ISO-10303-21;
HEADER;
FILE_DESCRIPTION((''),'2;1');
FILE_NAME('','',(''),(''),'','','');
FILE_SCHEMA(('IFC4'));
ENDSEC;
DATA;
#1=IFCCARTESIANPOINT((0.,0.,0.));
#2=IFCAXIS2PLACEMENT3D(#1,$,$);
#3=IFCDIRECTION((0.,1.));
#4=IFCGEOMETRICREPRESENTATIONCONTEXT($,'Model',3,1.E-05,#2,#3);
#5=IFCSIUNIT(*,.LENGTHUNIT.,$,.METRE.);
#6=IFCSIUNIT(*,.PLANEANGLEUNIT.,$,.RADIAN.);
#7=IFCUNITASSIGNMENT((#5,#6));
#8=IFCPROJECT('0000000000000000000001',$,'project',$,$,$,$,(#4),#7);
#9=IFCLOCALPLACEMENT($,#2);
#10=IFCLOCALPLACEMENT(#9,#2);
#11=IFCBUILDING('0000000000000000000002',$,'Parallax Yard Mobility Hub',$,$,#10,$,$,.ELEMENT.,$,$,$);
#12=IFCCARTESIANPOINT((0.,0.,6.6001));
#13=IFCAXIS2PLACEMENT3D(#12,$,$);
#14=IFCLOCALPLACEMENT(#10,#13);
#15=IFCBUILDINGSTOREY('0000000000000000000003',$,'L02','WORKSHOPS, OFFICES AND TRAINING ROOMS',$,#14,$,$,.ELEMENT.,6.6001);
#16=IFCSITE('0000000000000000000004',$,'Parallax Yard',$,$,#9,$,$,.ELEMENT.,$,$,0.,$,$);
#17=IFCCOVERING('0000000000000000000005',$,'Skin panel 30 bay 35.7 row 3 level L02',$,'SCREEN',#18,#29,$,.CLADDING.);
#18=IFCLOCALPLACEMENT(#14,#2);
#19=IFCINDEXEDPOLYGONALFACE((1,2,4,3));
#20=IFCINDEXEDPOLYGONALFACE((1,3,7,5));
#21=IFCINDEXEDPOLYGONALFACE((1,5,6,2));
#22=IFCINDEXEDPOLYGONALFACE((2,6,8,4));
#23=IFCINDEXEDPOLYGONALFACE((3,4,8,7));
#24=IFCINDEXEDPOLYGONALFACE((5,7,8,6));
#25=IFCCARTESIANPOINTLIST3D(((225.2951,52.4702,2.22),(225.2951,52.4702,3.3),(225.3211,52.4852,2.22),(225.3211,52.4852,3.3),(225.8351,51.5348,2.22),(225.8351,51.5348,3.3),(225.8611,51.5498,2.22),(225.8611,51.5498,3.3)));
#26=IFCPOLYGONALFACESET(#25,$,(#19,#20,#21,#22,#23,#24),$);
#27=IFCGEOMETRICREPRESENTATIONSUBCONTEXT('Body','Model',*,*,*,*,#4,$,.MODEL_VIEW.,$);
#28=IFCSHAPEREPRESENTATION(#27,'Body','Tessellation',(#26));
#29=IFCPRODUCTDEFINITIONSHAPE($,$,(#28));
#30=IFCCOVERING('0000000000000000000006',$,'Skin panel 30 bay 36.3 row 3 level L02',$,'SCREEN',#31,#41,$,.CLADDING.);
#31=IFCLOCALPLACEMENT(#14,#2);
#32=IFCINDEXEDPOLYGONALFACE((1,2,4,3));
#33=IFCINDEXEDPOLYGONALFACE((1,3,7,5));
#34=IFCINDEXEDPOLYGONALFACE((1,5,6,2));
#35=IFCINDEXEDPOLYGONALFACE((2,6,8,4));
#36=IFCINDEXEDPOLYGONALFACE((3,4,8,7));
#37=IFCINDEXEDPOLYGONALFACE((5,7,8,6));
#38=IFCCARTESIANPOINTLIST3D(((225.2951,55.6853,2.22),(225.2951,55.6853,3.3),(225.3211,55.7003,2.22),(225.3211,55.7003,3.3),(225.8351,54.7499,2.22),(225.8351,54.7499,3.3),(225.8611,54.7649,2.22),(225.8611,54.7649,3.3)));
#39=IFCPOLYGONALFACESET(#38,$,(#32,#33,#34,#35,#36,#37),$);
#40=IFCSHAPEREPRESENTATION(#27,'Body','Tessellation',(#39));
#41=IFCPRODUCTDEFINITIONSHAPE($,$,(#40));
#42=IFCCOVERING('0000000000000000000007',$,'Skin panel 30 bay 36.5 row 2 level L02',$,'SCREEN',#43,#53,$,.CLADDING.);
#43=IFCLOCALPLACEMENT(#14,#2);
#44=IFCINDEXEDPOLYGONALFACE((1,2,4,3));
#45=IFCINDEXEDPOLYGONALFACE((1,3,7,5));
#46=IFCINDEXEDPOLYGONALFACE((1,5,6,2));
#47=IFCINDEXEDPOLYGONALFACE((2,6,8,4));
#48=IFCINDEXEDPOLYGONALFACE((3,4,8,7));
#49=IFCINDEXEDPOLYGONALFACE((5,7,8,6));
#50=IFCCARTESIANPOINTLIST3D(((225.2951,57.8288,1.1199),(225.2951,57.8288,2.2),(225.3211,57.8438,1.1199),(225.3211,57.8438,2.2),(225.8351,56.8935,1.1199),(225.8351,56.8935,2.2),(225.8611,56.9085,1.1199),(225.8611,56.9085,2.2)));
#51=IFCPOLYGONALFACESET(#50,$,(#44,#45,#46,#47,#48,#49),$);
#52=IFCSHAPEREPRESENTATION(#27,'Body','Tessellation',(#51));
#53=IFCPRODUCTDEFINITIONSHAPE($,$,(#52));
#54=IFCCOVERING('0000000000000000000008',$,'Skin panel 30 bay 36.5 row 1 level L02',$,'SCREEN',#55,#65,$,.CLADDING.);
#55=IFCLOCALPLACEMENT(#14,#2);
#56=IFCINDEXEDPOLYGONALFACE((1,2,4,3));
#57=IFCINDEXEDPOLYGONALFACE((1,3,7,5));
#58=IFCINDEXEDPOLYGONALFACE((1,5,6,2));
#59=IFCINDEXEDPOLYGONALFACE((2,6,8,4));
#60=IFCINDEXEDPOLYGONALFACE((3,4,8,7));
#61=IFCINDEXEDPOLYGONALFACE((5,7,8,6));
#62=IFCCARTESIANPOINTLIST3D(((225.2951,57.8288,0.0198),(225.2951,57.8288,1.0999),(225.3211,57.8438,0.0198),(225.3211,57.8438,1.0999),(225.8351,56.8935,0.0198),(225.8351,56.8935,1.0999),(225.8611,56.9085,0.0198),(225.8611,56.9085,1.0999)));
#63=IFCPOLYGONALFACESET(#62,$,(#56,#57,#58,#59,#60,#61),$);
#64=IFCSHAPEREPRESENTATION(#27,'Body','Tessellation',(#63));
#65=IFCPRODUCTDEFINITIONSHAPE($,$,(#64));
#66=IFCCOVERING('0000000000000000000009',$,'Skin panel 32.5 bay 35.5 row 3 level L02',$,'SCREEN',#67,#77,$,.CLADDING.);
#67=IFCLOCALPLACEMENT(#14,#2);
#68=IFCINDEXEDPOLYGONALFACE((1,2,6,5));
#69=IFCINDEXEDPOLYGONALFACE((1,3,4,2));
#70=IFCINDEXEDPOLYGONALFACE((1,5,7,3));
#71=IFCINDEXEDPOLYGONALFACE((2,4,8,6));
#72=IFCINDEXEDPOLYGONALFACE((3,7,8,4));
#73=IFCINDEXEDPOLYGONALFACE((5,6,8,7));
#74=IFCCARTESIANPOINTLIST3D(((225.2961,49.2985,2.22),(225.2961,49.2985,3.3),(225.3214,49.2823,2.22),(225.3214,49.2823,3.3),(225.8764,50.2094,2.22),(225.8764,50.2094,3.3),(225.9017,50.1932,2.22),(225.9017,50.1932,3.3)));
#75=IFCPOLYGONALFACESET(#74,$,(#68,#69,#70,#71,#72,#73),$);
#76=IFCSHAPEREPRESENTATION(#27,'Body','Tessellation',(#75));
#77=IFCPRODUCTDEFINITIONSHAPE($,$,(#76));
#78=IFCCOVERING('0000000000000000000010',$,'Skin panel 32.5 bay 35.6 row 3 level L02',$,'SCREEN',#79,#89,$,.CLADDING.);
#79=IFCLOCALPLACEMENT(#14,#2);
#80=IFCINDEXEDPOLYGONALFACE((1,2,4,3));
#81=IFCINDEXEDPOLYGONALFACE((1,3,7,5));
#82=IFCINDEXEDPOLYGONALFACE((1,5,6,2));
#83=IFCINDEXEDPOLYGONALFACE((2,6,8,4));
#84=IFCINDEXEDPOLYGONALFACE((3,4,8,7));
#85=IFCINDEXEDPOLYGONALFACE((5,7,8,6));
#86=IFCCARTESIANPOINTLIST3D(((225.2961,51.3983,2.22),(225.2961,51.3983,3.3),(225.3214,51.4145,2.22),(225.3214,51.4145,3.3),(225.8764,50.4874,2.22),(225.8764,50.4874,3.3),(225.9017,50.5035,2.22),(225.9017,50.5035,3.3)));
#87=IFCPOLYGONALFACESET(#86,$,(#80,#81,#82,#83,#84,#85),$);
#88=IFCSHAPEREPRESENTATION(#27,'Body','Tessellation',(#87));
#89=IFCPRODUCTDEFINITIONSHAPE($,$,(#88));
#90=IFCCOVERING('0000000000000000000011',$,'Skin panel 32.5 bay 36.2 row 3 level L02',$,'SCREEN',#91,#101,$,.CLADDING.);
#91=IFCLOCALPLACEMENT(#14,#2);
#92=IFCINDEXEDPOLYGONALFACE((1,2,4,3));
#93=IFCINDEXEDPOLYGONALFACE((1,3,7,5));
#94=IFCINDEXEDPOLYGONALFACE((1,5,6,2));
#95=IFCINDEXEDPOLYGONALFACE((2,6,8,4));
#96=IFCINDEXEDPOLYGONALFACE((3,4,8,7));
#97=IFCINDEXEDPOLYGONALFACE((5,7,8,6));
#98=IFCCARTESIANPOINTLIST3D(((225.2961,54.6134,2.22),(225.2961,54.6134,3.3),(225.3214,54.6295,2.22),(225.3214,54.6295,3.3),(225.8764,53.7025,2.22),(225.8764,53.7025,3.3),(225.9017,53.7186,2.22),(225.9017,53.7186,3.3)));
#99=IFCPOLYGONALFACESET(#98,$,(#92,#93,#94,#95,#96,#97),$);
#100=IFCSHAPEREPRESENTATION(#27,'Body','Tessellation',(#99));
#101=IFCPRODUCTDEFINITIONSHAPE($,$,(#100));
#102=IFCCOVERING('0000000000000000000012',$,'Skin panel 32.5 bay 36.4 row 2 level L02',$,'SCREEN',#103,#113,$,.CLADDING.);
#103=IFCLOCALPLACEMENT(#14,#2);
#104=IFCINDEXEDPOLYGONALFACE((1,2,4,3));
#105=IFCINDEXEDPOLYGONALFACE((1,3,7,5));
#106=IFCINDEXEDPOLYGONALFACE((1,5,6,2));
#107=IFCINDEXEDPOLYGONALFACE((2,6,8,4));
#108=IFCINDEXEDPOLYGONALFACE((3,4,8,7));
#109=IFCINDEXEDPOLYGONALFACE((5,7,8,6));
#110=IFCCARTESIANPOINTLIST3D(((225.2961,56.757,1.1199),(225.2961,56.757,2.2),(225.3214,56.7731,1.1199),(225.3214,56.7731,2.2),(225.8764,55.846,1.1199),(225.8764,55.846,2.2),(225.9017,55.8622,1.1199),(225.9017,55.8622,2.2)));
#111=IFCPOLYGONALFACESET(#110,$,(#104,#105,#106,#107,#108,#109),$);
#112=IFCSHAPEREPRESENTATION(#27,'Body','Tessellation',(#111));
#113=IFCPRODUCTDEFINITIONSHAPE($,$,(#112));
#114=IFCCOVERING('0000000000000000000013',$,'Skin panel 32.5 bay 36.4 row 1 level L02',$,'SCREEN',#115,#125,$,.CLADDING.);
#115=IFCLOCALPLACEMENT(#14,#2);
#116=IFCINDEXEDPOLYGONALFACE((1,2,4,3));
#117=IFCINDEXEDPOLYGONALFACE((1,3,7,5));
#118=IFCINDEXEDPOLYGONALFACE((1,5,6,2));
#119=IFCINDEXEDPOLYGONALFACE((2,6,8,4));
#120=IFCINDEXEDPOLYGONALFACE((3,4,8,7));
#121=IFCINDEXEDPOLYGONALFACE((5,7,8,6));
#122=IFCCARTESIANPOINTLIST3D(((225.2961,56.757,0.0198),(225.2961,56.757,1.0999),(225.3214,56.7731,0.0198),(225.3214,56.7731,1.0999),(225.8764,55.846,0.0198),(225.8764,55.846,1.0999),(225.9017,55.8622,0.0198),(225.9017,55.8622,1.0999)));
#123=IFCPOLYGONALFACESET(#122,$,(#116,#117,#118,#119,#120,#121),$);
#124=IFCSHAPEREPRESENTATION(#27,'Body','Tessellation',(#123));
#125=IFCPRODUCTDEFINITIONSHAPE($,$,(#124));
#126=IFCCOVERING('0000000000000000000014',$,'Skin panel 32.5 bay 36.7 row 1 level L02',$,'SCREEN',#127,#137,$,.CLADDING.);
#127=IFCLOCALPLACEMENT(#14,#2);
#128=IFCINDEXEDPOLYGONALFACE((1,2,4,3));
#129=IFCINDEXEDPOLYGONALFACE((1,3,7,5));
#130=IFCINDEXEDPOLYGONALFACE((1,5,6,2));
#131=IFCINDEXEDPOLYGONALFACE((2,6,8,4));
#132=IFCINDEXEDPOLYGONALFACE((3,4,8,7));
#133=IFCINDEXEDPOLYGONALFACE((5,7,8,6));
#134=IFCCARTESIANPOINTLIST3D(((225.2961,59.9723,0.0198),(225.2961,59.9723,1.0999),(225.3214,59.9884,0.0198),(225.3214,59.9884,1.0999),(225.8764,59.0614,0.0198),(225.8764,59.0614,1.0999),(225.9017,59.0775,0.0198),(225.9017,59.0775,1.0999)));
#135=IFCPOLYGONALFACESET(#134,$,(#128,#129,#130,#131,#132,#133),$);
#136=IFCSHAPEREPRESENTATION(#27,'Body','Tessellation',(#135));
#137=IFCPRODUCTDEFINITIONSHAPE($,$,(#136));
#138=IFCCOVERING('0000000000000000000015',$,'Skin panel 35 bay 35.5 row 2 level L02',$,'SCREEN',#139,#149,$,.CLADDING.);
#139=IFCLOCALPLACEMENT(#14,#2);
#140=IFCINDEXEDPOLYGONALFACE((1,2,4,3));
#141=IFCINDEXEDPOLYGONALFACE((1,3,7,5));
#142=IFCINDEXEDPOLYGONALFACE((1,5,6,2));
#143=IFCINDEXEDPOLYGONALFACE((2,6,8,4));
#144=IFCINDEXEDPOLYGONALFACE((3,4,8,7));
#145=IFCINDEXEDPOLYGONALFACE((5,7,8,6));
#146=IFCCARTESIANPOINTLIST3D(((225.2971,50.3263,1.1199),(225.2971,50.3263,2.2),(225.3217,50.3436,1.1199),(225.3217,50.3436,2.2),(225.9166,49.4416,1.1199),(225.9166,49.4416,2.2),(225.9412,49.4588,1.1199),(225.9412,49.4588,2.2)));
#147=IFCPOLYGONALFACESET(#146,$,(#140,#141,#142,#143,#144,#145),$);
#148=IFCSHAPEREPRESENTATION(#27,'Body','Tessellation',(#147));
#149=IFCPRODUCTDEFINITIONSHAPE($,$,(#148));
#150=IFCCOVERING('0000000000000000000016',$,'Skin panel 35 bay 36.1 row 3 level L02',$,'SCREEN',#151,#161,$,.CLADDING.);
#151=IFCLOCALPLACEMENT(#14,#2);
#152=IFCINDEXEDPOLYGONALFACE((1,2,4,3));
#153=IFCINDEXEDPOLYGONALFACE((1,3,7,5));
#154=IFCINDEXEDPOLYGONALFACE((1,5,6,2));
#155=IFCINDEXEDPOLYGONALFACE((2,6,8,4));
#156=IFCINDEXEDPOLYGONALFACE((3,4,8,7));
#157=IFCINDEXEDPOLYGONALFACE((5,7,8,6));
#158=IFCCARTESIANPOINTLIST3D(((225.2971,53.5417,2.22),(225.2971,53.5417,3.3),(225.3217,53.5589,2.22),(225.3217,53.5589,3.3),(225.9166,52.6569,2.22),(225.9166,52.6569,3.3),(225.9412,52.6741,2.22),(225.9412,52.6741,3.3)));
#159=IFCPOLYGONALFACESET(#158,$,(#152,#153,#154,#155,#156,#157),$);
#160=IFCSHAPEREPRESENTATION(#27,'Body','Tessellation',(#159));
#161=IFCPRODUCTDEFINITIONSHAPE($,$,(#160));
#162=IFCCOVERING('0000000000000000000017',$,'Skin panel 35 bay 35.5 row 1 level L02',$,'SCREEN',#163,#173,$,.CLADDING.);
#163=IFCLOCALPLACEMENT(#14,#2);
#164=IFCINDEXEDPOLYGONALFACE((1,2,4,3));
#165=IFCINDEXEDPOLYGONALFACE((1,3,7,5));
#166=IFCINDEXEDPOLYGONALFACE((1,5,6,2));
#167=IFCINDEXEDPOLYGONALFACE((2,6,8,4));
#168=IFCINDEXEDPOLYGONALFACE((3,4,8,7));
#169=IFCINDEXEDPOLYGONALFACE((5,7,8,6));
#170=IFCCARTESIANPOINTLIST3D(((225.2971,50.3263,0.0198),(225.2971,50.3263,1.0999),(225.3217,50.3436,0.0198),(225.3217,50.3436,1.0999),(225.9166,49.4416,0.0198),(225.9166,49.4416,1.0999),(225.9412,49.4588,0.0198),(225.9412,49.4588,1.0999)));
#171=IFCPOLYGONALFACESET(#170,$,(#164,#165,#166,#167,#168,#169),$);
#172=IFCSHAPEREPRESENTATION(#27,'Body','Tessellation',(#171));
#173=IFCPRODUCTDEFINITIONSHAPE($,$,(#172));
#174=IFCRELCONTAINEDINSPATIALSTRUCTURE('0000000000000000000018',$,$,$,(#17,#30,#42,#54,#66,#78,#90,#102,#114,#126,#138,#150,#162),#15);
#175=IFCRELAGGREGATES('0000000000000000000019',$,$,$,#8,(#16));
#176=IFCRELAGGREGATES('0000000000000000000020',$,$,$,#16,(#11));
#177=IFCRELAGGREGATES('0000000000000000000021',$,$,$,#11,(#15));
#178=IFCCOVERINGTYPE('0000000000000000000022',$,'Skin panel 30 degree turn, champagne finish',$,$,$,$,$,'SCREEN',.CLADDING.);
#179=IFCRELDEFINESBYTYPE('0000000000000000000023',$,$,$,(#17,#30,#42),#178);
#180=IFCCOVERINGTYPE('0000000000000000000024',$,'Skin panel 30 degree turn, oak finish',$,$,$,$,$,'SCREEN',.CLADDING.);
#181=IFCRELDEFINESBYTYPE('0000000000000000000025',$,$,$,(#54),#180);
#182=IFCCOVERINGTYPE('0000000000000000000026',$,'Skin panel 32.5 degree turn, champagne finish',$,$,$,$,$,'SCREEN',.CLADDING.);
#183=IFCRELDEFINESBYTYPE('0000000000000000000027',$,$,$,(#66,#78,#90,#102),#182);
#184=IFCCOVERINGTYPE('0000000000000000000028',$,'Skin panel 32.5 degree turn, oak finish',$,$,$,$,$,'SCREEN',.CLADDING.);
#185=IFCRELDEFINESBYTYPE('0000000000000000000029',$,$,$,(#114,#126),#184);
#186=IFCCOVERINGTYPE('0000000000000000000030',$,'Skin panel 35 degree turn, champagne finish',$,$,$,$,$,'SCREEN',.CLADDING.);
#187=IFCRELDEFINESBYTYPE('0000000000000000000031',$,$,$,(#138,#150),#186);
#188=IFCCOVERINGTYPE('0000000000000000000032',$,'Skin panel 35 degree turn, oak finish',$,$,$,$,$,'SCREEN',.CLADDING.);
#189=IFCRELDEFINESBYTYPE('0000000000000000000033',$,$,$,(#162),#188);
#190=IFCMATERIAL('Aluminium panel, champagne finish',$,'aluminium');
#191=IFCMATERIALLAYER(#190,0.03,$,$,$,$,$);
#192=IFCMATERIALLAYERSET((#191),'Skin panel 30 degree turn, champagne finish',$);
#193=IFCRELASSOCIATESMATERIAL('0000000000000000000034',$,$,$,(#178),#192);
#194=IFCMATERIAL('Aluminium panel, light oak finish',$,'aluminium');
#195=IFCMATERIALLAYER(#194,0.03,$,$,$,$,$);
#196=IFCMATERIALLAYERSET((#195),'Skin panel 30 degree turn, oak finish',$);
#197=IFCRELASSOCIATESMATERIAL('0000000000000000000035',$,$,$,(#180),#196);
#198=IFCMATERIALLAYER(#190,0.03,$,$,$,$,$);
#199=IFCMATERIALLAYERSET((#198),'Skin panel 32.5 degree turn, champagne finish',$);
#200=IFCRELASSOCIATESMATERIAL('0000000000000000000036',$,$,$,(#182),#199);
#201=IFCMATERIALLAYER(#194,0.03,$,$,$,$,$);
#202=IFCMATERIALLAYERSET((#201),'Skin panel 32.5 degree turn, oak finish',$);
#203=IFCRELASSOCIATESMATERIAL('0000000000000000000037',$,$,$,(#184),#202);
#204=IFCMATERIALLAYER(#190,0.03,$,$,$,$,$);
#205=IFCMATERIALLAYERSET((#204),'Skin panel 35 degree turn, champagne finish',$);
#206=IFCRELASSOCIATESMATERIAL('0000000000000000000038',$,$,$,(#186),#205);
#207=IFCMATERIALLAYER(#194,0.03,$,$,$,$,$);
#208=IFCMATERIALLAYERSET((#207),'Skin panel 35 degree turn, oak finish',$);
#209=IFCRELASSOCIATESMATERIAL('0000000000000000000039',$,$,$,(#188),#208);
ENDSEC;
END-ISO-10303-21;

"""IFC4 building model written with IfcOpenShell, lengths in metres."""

from ifc_helpers import new_model, si_unit, direction, frame, origin, origin_2d, place, context, subcontext, project, spatial, rectangle, extrude, material, layer, layer_set, type_object, element, save


model = new_model("IFC4")

# Units and contexts
model_context = context("Model", 3, precision=1e-05, world=origin(), true_north=direction((0.0, 1.0)))
body_context = subcontext(model_context, "Body", "Model", "MODEL_VIEW")
ifc_project = project(units=[si_unit("LENGTHUNIT", "METRE"), si_unit("PLANEANGLEUNIT", "RADIAN")], contexts=[model_context])

# Site, building, storey
site_placement = place(None, origin())
site = spatial("IfcSite", under=ifc_project, at=site_placement, Name="Parallax Yard", CompositionType="ELEMENT", RefElevation=0.0)
building_placement = place(site_placement, origin())
building = spatial("IfcBuilding", under=site, at=building_placement, Name="Parallax Yard Mobility Hub", CompositionType="ELEMENT")
storey_placement = place(building_placement, frame((0.0, 0.0, 6.6001)))
storey = spatial("IfcBuildingStorey", under=building, at=storey_placement, Name="L02", Description="WORKSHOPS, OFFICES AND TRAINING ROOMS", CompositionType="ELEMENT", Elevation=6.6001)

# Coverings
ifc_material_1 = material(Name="Aluminium panel, champagne finish", Category="aluminium")
ifc_material_2 = material(Name="Aluminium panel, light oak finish", Category="aluminium")
ifc_layer_1 = layer(ifc_material_1, 0.03)
ifc_layer_set_1 = layer_set([ifc_layer_1], Name="Skin panel 30 degree turn, champagne finish")
covering_type_1 = type_object("IfcCoveringType", Name="Skin panel 30 degree turn, champagne finish", ElementType="SCREEN", PredefinedType="CLADDING", material=ifc_layer_set_1)
for number, where, z_axis, x_axis, name in (
    (1, (225.5781, 52.01, 2.22), (0.0, 0.0, 1.0), (0.5, -0.866025, 0.0), "Skin panel 30 bay 35.7 row 3 level L02"),
    (2, (225.5781, 55.2251, 2.22), (0.0, 0.0, 1.0), (0.5, -0.866025, 0.0), "Skin panel 30 bay 36.3 row 3 level L02"),
    (3, (225.5781, 57.3687, 1.1199), (0.0, 0.0, 1.0), (0.5, -0.866025, 0.0), "Skin panel 30 bay 36.5 row 2 level L02"),
):
    element("IfcCovering", number, at=place(storey_placement, frame(where, z_axis=z_axis, x_axis=x_axis)), inside=storey, type_object=covering_type_1, Name=name, ObjectType="SCREEN", PredefinedType="CLADDING", context=body_context, shape_type="SweptSolid", body=[
        extrude(rectangle(XDim=1.0801, YDim=0.03, at=origin_2d()), origin(), (0.0, 0.0, 1.0), 1.0801),
    ])
ifc_layer_2 = layer(ifc_material_2, 0.03)
ifc_layer_set_2 = layer_set([ifc_layer_2], Name="Skin panel 30 degree turn, oak finish")
covering_type_2 = type_object("IfcCoveringType", Name="Skin panel 30 degree turn, oak finish", ElementType="SCREEN", PredefinedType="CLADDING", material=ifc_layer_set_2)
covering_1_placement = place(storey_placement, frame((225.5781, 57.3687, 0.0198), z_axis=(0.0, 0.0, 1.0), x_axis=(0.5, -0.866025, 0.0)))
element("IfcCovering", 4, at=covering_1_placement, inside=storey, type_object=covering_type_2, Name="Skin panel 30 bay 36.5 row 1 level L02", ObjectType="SCREEN", PredefinedType="CLADDING", context=body_context, shape_type="SweptSolid", body=[
    extrude(rectangle(XDim=1.0801, YDim=0.03, at=origin_2d()), origin(), (0.0, 0.0, 1.0), 1.0801),
])
ifc_layer_3 = layer(ifc_material_1, 0.03)
ifc_layer_set_3 = layer_set([ifc_layer_3], Name="Skin panel 32.5 degree turn, champagne finish")
covering_type_3 = type_object("IfcCoveringType", Name="Skin panel 32.5 degree turn, champagne finish", ElementType="SCREEN", PredefinedType="CLADDING", material=ifc_layer_set_3)
for number, where, z_axis, x_axis, name in (
    (5, (225.5989, 49.7458, 2.22), (0.0, 0.0, 1.0), (0.5373, 0.843391, 0.0), "Skin panel 32.5 bay 35.5 row 3 level L02"),
    (6, (225.5989, 50.9509, 2.22), (0.0, 0.0, 1.0), (0.5373, -0.843391, 0.0), "Skin panel 32.5 bay 35.6 row 3 level L02"),
    (7, (225.5989, 54.166, 2.22), (0.0, 0.0, 1.0), (0.5373, -0.843391, 0.0), "Skin panel 32.5 bay 36.2 row 3 level L02"),
    (8, (225.5989, 56.3096, 1.1199), (0.0, 0.0, 1.0), (0.5373, -0.843391, 0.0), "Skin panel 32.5 bay 36.4 row 2 level L02"),
):
    element("IfcCovering", number, at=place(storey_placement, frame(where, z_axis=z_axis, x_axis=x_axis)), inside=storey, type_object=covering_type_3, Name=name, ObjectType="SCREEN", PredefinedType="CLADDING", context=body_context, shape_type="SweptSolid", body=[
        extrude(rectangle(XDim=1.0801, YDim=0.03, at=origin_2d()), origin(), (0.0, 0.0, 1.0), 1.0801),
    ])
ifc_layer_4 = layer(ifc_material_2, 0.03)
ifc_layer_set_4 = layer_set([ifc_layer_4], Name="Skin panel 32.5 degree turn, oak finish")
covering_type_4 = type_object("IfcCoveringType", Name="Skin panel 32.5 degree turn, oak finish", ElementType="SCREEN", PredefinedType="CLADDING", material=ifc_layer_set_4)
for number, where, z_axis, x_axis, name in (
    (9, (225.5989, 56.3096, 0.0198), (0.0, 0.0, 1.0), (0.5373, -0.843391, 0.0), "Skin panel 32.5 bay 36.4 row 1 level L02"),
    (10, (225.5989, 59.5249, 0.0198), (0.0, 0.0, 1.0), (0.5373, -0.843391, 0.0), "Skin panel 32.5 bay 36.7 row 1 level L02"),
):
    element("IfcCovering", number, at=place(storey_placement, frame(where, z_axis=z_axis, x_axis=x_axis)), inside=storey, type_object=covering_type_4, Name=name, ObjectType="SCREEN", PredefinedType="CLADDING", context=body_context, shape_type="SweptSolid", body=[
        extrude(rectangle(XDim=1.0801, YDim=0.03, at=origin_2d()), origin(), (0.0, 0.0, 1.0), 1.0801),
    ])
ifc_layer_5 = layer(ifc_material_1, 0.03)
ifc_layer_set_5 = layer_set([ifc_layer_5], Name="Skin panel 35 degree turn, champagne finish")
covering_type_5 = type_object("IfcCoveringType", Name="Skin panel 35 degree turn, champagne finish", ElementType="SCREEN", PredefinedType="CLADDING", material=ifc_layer_set_5)
for number, where, z_axis, x_axis, name in (
    (11, (225.6191, 49.8926, 1.1199), (0.0, 0.0, 1.0), (0.573576, -0.819152, 0.0), "Skin panel 35 bay 35.5 row 2 level L02"),
    (12, (225.6191, 53.1079, 2.22), (0.0, 0.0, 1.0), (0.573576, -0.819152, 0.0), "Skin panel 35 bay 36.1 row 3 level L02"),
):
    element("IfcCovering", number, at=place(storey_placement, frame(where, z_axis=z_axis, x_axis=x_axis)), inside=storey, type_object=covering_type_5, Name=name, ObjectType="SCREEN", PredefinedType="CLADDING", context=body_context, shape_type="SweptSolid", body=[
        extrude(rectangle(XDim=1.0801, YDim=0.03, at=origin_2d()), origin(), (0.0, 0.0, 1.0), 1.0801),
    ])
ifc_layer_6 = layer(ifc_material_2, 0.03)
ifc_layer_set_6 = layer_set([ifc_layer_6], Name="Skin panel 35 degree turn, oak finish")
covering_type_6 = type_object("IfcCoveringType", Name="Skin panel 35 degree turn, oak finish", ElementType="SCREEN", PredefinedType="CLADDING", material=ifc_layer_set_6)
covering_2_placement = place(storey_placement, frame((225.6191, 49.8926, 0.0198), z_axis=(0.0, 0.0, 1.0), x_axis=(0.573576, -0.819152, 0.0)))
element("IfcCovering", 13, at=covering_2_placement, inside=storey, type_object=covering_type_6, Name="Skin panel 35 bay 35.5 row 1 level L02", ObjectType="SCREEN", PredefinedType="CLADDING", context=body_context, shape_type="SweptSolid", body=[
    extrude(rectangle(XDim=1.0801, YDim=0.03, at=origin_2d()), origin(), (0.0, 0.0, 1.0), 1.0801),
])

save(model, "model.ifc")
